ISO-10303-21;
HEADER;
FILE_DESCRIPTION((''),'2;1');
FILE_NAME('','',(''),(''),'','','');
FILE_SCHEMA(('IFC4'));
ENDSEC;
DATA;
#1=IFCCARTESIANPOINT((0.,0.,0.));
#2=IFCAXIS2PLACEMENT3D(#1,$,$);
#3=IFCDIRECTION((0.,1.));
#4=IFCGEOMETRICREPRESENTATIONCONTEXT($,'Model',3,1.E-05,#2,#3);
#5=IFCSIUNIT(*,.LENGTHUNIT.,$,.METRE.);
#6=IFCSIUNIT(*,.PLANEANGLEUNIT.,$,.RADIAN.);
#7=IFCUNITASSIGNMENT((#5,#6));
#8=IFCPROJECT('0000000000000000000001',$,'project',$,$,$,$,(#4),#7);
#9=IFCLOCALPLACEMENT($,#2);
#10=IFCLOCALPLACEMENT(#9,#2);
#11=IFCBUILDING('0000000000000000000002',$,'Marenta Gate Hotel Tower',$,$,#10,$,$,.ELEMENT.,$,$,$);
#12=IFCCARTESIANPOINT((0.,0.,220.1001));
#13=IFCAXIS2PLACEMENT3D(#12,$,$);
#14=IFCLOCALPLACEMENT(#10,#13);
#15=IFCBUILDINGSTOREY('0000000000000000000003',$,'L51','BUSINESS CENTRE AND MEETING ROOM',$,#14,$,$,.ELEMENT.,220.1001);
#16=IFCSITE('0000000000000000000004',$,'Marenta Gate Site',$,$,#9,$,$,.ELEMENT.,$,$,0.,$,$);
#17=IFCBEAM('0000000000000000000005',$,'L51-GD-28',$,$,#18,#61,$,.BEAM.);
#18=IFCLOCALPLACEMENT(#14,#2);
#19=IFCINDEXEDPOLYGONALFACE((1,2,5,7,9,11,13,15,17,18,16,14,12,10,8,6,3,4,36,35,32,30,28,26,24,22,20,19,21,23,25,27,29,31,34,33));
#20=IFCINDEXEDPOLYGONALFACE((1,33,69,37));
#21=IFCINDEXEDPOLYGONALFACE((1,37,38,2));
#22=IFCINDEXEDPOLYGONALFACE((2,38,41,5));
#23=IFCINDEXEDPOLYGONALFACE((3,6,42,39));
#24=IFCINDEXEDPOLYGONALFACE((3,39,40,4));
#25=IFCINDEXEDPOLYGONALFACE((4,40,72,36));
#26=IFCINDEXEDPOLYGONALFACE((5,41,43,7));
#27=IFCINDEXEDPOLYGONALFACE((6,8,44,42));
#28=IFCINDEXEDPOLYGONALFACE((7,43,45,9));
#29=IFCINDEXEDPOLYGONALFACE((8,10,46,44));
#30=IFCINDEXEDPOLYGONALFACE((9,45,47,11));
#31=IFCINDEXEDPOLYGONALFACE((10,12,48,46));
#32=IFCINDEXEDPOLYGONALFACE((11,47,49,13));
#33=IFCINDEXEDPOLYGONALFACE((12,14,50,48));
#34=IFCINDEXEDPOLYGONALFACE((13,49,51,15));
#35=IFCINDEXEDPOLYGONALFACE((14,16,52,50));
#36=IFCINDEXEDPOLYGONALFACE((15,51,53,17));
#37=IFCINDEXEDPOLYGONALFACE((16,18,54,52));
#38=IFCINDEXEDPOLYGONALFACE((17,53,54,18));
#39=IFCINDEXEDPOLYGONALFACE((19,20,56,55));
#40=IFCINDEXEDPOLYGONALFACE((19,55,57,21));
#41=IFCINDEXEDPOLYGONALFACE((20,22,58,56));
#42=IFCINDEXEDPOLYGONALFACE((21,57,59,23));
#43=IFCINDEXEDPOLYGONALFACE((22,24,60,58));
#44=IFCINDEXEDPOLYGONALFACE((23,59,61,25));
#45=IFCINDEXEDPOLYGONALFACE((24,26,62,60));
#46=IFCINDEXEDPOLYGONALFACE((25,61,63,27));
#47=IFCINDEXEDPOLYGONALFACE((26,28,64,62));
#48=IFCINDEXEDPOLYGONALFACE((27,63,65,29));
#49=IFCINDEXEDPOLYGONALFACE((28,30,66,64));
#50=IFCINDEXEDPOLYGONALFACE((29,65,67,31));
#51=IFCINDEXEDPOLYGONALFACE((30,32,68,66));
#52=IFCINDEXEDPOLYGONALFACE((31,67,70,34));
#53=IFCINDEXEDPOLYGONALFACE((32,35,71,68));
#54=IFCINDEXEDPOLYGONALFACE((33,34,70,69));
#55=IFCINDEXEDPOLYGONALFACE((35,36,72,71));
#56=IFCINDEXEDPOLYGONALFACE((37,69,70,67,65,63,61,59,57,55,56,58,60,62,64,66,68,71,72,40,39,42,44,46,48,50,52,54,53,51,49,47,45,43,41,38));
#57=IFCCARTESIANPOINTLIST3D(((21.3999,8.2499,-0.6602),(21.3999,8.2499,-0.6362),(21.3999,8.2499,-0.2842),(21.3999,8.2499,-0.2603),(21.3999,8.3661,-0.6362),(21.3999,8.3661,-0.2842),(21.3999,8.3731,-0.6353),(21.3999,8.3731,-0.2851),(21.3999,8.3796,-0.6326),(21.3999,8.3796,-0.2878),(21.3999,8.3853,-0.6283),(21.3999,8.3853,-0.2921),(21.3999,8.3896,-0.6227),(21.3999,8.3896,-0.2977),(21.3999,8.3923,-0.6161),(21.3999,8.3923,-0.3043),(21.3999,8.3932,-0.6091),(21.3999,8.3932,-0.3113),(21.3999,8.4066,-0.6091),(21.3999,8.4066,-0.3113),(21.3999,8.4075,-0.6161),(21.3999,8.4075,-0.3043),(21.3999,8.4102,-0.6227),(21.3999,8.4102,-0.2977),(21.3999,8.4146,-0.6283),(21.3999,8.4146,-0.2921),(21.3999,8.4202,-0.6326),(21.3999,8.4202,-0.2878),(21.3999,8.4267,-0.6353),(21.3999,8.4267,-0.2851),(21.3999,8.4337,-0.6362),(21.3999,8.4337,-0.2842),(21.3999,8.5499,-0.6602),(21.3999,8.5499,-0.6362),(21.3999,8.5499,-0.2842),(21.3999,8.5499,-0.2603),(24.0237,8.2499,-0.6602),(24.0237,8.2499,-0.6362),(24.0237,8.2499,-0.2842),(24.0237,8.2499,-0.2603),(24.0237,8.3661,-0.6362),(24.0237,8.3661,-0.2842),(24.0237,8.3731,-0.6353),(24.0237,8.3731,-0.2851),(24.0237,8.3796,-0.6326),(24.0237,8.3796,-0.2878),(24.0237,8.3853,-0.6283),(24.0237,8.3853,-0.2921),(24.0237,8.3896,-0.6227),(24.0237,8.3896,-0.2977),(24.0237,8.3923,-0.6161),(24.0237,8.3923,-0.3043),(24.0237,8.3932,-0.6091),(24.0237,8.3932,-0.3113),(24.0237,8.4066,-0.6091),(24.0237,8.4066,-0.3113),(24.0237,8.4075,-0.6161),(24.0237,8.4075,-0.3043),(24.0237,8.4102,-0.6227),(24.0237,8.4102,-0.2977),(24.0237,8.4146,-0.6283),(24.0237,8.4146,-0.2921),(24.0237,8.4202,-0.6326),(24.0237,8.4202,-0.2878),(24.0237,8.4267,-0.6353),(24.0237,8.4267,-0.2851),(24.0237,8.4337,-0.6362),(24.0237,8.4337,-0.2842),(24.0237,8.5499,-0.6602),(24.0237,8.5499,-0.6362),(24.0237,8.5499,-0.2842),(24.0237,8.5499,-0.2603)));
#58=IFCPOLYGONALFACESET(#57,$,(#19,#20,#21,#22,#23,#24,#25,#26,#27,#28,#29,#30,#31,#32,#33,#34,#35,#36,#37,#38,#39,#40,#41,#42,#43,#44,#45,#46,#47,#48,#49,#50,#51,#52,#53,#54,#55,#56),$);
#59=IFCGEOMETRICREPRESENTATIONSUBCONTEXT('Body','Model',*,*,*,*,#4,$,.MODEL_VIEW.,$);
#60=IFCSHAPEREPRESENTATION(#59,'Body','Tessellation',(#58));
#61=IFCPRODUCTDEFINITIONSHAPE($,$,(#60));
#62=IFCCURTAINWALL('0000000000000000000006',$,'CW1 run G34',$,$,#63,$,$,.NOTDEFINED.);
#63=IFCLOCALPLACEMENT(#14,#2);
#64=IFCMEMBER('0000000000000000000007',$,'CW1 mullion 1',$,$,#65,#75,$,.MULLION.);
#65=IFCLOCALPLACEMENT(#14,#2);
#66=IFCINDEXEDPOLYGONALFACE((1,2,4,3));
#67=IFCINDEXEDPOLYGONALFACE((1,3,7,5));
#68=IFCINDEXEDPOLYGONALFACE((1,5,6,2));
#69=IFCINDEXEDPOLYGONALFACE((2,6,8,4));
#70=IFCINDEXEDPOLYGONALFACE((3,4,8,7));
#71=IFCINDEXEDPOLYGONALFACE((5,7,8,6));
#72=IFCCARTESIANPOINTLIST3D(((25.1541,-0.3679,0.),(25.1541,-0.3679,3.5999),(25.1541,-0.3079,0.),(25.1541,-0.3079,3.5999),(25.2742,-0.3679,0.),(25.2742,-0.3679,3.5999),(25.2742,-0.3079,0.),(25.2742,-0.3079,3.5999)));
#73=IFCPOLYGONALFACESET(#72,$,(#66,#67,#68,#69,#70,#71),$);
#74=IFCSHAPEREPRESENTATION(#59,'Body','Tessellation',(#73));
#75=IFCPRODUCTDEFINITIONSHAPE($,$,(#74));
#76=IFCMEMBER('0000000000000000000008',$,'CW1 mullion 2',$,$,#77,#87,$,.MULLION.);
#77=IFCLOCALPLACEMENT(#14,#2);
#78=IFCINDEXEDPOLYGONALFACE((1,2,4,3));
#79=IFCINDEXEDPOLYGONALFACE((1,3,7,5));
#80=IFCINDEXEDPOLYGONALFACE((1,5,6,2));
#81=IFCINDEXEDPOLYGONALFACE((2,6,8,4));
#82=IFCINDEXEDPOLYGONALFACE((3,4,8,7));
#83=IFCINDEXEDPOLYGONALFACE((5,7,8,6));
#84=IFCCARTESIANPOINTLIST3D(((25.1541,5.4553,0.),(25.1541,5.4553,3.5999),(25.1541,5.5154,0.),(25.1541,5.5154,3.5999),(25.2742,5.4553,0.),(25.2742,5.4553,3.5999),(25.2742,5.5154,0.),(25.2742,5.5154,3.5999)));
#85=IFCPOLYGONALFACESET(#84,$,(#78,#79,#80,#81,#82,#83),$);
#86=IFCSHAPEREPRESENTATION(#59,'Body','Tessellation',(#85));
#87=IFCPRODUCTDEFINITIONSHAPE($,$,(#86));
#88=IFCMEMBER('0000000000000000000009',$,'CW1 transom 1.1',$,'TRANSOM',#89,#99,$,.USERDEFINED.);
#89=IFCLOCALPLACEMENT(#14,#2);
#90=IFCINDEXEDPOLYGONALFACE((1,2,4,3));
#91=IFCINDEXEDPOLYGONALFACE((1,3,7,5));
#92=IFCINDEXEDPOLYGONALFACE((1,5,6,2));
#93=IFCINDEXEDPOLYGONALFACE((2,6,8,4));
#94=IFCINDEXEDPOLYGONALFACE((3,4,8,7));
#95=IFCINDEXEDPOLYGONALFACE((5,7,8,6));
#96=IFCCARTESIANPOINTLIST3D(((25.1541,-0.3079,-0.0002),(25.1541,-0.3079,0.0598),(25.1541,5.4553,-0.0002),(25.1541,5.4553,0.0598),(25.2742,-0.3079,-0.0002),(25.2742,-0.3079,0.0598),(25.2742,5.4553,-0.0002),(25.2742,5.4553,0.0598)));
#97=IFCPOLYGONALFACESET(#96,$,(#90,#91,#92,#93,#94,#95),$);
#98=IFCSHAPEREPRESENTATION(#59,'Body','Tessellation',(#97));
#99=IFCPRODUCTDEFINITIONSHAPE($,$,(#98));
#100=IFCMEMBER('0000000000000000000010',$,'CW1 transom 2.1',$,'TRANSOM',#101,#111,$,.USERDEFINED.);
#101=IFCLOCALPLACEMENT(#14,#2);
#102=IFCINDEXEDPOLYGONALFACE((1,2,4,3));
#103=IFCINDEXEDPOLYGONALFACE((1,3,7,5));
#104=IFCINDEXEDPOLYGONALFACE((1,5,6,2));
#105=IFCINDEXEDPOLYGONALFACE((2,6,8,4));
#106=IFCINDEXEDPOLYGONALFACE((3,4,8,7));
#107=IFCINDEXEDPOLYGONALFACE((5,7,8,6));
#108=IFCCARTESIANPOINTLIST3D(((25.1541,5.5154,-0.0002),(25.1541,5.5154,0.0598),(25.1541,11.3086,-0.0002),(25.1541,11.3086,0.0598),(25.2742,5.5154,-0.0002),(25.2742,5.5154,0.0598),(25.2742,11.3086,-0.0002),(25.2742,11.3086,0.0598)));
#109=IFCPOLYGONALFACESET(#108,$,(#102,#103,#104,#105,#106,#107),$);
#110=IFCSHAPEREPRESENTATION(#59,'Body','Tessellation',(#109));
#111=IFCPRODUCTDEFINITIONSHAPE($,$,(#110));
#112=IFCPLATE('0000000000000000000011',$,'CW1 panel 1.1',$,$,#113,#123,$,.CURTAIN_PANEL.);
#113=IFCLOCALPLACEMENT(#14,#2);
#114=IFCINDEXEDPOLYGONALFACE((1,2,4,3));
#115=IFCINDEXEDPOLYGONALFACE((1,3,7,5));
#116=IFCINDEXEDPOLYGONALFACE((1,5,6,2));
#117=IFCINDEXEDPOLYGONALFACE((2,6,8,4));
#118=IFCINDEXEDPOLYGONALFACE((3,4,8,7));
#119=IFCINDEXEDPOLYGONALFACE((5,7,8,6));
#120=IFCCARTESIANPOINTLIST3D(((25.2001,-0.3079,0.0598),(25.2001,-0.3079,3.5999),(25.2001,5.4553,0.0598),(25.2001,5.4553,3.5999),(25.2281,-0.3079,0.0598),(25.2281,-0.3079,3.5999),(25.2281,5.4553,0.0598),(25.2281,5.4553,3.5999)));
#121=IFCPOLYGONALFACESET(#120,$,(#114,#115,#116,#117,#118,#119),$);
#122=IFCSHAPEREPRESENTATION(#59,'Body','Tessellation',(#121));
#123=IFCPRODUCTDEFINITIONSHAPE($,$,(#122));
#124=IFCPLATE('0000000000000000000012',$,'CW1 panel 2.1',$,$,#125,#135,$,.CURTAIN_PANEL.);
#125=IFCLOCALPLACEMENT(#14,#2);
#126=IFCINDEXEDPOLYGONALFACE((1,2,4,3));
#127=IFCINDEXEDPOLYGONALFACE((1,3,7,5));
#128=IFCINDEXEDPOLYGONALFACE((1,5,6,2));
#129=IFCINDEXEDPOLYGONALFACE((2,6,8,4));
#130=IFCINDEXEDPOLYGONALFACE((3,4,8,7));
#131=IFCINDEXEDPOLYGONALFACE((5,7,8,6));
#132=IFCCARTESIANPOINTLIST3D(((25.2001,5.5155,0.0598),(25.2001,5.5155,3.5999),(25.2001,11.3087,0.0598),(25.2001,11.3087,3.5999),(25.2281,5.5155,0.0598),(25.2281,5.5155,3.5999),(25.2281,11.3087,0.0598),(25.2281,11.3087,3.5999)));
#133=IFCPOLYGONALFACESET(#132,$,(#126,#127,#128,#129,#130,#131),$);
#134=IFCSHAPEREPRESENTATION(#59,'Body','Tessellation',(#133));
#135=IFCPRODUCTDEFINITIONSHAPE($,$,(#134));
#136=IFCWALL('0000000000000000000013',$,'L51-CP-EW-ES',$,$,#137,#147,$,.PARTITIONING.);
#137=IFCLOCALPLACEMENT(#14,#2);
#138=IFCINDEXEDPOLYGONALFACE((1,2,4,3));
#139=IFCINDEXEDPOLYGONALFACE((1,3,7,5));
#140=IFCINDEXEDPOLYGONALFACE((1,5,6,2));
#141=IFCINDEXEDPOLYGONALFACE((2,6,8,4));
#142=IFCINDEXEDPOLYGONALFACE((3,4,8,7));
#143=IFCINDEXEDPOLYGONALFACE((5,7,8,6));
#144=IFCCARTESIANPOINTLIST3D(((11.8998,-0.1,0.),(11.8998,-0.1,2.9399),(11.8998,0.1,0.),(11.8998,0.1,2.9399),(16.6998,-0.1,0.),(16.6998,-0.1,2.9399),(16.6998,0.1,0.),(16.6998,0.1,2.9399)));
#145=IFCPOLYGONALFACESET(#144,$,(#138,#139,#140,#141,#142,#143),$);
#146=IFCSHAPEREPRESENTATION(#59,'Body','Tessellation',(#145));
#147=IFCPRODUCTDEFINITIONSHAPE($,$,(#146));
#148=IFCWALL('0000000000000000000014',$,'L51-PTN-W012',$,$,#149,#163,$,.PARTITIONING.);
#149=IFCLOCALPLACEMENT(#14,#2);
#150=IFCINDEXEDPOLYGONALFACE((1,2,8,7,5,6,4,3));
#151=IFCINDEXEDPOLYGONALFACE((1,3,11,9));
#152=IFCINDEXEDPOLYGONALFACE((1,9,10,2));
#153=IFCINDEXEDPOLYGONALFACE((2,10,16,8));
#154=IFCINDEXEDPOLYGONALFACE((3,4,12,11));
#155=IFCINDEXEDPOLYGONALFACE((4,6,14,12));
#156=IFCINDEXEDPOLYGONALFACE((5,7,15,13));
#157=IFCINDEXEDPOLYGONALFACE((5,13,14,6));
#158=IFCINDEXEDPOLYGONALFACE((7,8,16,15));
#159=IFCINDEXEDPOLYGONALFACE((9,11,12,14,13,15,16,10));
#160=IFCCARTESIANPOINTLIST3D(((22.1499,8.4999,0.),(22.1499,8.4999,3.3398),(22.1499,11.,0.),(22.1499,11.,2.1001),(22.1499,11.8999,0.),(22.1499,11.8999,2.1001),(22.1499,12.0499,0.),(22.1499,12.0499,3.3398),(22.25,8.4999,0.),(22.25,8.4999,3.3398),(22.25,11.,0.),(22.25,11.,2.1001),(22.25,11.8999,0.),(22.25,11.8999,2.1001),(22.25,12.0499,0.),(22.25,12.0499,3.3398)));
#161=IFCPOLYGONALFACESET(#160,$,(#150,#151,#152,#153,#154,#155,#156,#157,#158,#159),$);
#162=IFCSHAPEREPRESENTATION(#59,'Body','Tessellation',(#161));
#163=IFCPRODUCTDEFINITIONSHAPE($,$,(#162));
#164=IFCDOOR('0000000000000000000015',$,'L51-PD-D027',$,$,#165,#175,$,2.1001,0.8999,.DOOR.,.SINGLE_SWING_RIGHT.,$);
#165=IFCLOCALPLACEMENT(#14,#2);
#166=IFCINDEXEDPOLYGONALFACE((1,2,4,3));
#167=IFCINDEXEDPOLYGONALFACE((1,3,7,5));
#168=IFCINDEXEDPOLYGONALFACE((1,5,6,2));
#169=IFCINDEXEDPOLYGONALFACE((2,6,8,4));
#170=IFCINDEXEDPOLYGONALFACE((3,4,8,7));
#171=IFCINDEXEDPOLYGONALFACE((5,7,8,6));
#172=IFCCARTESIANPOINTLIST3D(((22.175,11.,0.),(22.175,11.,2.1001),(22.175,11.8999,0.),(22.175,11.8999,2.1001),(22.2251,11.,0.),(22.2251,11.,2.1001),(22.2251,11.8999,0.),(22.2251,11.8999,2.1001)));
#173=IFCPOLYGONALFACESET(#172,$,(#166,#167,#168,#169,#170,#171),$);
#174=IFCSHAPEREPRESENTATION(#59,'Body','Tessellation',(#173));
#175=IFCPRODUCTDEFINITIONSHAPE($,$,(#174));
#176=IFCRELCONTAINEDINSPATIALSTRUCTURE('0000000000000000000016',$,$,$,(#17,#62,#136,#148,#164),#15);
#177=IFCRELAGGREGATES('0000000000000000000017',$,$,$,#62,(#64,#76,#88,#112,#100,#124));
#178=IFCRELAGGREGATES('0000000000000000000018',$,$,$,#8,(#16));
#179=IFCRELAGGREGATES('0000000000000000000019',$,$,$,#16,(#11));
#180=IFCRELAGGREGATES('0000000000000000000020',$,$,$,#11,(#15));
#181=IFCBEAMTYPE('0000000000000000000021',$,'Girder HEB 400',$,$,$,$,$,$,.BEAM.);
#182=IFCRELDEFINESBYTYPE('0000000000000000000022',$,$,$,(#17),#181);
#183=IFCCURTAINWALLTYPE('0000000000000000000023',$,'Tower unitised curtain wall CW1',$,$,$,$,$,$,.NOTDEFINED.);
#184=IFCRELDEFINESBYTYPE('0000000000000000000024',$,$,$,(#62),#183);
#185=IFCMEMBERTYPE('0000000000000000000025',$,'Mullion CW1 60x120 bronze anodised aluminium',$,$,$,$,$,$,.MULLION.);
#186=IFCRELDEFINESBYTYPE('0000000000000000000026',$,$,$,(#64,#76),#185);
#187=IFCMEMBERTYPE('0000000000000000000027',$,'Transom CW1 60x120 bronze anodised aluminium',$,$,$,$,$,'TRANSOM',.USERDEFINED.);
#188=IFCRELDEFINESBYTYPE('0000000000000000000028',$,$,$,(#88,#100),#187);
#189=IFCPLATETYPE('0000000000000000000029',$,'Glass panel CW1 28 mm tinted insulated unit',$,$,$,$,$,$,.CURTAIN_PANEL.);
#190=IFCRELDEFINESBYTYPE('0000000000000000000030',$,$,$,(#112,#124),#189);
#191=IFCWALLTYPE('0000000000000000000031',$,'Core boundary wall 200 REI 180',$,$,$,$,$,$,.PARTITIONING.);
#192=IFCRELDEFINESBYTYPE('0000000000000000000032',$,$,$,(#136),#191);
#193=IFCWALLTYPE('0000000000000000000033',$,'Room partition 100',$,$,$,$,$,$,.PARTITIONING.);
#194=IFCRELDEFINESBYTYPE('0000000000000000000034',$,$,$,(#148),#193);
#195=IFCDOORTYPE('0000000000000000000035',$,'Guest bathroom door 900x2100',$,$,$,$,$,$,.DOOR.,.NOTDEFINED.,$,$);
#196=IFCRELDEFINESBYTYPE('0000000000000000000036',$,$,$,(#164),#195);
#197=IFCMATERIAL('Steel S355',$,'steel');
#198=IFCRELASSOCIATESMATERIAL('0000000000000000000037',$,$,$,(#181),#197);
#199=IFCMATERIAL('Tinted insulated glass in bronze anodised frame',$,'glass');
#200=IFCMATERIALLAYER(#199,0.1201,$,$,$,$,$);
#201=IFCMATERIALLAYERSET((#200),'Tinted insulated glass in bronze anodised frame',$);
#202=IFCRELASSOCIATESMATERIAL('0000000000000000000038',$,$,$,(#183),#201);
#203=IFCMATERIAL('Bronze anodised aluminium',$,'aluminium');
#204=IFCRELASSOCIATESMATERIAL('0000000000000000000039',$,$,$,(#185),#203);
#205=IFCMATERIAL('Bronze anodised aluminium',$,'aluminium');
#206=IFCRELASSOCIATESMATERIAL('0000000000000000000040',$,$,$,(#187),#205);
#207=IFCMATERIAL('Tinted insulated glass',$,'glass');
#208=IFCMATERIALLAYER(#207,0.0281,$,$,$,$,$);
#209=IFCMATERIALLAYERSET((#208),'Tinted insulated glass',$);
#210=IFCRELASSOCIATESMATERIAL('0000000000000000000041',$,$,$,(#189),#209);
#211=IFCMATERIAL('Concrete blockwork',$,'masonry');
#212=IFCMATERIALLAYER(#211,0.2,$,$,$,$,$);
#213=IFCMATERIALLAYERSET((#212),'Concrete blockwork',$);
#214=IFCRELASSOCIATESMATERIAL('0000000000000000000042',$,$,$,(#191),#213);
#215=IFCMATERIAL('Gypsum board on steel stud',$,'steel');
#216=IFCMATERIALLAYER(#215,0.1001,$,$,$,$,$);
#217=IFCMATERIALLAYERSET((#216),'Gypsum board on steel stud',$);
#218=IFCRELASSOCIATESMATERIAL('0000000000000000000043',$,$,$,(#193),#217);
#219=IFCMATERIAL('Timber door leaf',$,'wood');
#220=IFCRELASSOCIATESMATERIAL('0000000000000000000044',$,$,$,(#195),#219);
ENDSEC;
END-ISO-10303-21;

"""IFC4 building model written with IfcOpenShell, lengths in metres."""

from ifc_helpers import new_model, si_unit, direction, frame, frame_2d, origin, origin_2d, place, context, subcontext, project, spatial, rectangle, i_section, extrude, material, layer, layer_set, material_profile, profile_set, type_object, element, fill, aggregate, save


model = new_model("IFC4")

# Units and contexts
model_context = context("Model", 3, precision=1e-05, world=origin(), true_north=direction((0.0, 1.0)))
body_context = subcontext(model_context, "Body", "Model", "MODEL_VIEW")
ifc_project = project(units=[si_unit("LENGTHUNIT", "METRE"), si_unit("PLANEANGLEUNIT", "RADIAN")], contexts=[model_context])

# Site, building, storey
site_placement = place(None, origin())
site = spatial("IfcSite", under=ifc_project, at=site_placement, Name="Marenta Gate Site", CompositionType="ELEMENT", RefElevation=0.0)
building_placement = place(site_placement, origin())
building = spatial("IfcBuilding", under=site, at=building_placement, Name="Marenta Gate Hotel Tower", CompositionType="ELEMENT")
storey_placement = place(building_placement, frame((0.0, 0.0, 220.1001)))
storey = spatial("IfcBuildingStorey", under=building, at=storey_placement, Name="L51", Description="BUSINESS CENTRE AND MEETING ROOM", CompositionType="ELEMENT", Elevation=220.1001)

# Beam
ifc_material_1 = material(Name="Steel S355", Category="steel")
ifc_material_profile_1 = material_profile(ifc_material_1, i_section(OverallWidth=0.3, OverallDepth=0.3999, WebThickness=0.0134, FlangeThickness=0.0239, FilletRadius=0.0271, at=origin_2d()), Name="HEB 400")
ifc_profile_set_1 = profile_set([ifc_material_profile_1], Name="Steel S355")
beam_type_1 = type_object("IfcBeamType", Name="Girder HEB 400", PredefinedType="BEAM", material=ifc_profile_set_1)
beam_1_placement = place(storey_placement, frame((21.3999, 8.3999, -0.4602), z_axis=(1.0, 0.0, 0.0), x_axis=(0.0, 1.0, 0.0)))
element("IfcBeam", 1, at=beam_1_placement, inside=storey, type_object=beam_type_1, Name="L51-GD-28", PredefinedType="BEAM", context=body_context, shape_type="SweptSolid", body=[
    extrude(i_section(OverallWidth=0.3, OverallDepth=0.3999, WebThickness=0.0134, FlangeThickness=0.0239, FilletRadius=0.0271, at=origin_2d()), origin(), (0.0, 0.0, 1.0), 2.6238),
])

# Curtain wall, members, plates
ifc_material_2 = material(Name="Tinted insulated glass in bronze anodised frame", Category="glass")
ifc_layer_1 = layer(ifc_material_2, 0.1201)
ifc_layer_set_1 = layer_set([ifc_layer_1], Name="Tinted insulated glass in bronze anodised frame")
curtain_wall_type = type_object("IfcCurtainWallType", Name="Tower unitised curtain wall CW1", PredefinedType="NOTDEFINED", material=ifc_layer_set_1)
curtain_wall_placement = place(storey_placement, origin())
curtain_wall = element("IfcCurtainWall", 2, at=curtain_wall_placement, inside=storey, type_object=curtain_wall_type, Name="CW1 run G34", PredefinedType="NOTDEFINED")
ifc_material_3 = material(Name="Bronze anodised aluminium", Category="aluminium")
ifc_material_profile_2 = material_profile(ifc_material_3, rectangle(XDim=0.1201, YDim=0.0601, at=origin_2d()), Name="Mullion CW1 60x120 bronze anodised aluminium")
ifc_profile_set_2 = profile_set([ifc_material_profile_2], Name="Bronze anodised aluminium")
member_type_1 = type_object("IfcMemberType", Name="Mullion CW1 60x120 bronze anodised aluminium", PredefinedType="MULLION", material=ifc_profile_set_2)
member_1_placement = place(storey_placement, frame((25.2141, -0.3379, 0.0), z_axis=(0.0, 0.0, 1.0), x_axis=(-1.0, 0.0, 0.0)))
member_1 = element("IfcMember", 3, at=member_1_placement, type_object=member_type_1, Name="CW1 mullion 1", PredefinedType="MULLION", context=body_context, shape_type="SweptSolid", body=[
    extrude(rectangle(XDim=0.1201, YDim=0.0601, at=origin_2d()), origin(), (0.0, 0.0, 1.0), 3.5999),
])
member_2_placement = place(storey_placement, frame((25.2141, 5.4854, 0.0), z_axis=(0.0, 0.0, 1.0), x_axis=(-1.0, 0.0, 0.0)))
member_2 = element("IfcMember", 4, at=member_2_placement, type_object=member_type_1, Name="CW1 mullion 2", PredefinedType="MULLION", context=body_context, shape_type="SweptSolid", body=[
    extrude(rectangle(XDim=0.1201, YDim=0.0601, at=origin_2d()), origin(), (0.0, 0.0, 1.0), 3.5999),
])
ifc_material_4 = material(Name="Bronze anodised aluminium", Category="aluminium")
ifc_material_profile_3 = material_profile(ifc_material_4, rectangle(XDim=0.1201, YDim=0.0601, at=origin_2d()), Name="Transom CW1 60x120 bronze anodised aluminium")
ifc_profile_set_3 = profile_set([ifc_material_profile_3], Name="Bronze anodised aluminium")
member_type_2 = type_object("IfcMemberType", Name="Transom CW1 60x120 bronze anodised aluminium", ElementType="TRANSOM", PredefinedType="USERDEFINED", material=ifc_profile_set_3)
member_3_placement = place(storey_placement, frame((25.2141, -0.3079, 0.0298), z_axis=(0.0, 1.0, 0.0), x_axis=(-1.0, 0.0, 0.0)))
member_3 = element("IfcMember", 5, at=member_3_placement, type_object=member_type_2, Name="CW1 transom 1.1", ObjectType="TRANSOM", PredefinedType="USERDEFINED", context=body_context, shape_type="SweptSolid", body=[
    extrude(rectangle(XDim=0.1201, YDim=0.0601, at=origin_2d()), origin(), (0.0, 0.0, 1.0), 5.7632),
])
member_4_placement = place(storey_placement, frame((25.2141, 5.5154, 0.0298), z_axis=(0.0, 1.0, 0.0), x_axis=(-1.0, 0.0, 0.0)))
member_4 = element("IfcMember", 6, at=member_4_placement, type_object=member_type_2, Name="CW1 transom 2.1", ObjectType="TRANSOM", PredefinedType="USERDEFINED", context=body_context, shape_type="SweptSolid", body=[
    extrude(rectangle(XDim=0.1201, YDim=0.0601, at=origin_2d()), origin(), (0.0, 0.0, 1.0), 5.7932),
])
ifc_material_5 = material(Name="Tinted insulated glass", Category="glass")
ifc_layer_2 = layer(ifc_material_5, 0.0281)
ifc_layer_set_2 = layer_set([ifc_layer_2], Name="Tinted insulated glass")
plate_type = type_object("IfcPlateType", Name="Glass panel CW1 28 mm tinted insulated unit", PredefinedType="CURTAIN_PANEL", material=ifc_layer_set_2)
plate_1_placement = place(storey_placement, frame((25.2141, 2.5737, 0.0598), z_axis=(0.0, 0.0, 1.0), x_axis=(0.0, 1.0, 0.0)))
plate_1 = element("IfcPlate", 7, at=plate_1_placement, type_object=plate_type, Name="CW1 panel 1.1", PredefinedType="CURTAIN_PANEL", context=body_context, shape_type="SweptSolid", body=[
    extrude(rectangle(XDim=5.7632, YDim=0.0281, at=origin_2d()), origin(), (0.0, 0.0, 1.0), 3.54),
])
plate_2_placement = place(storey_placement, frame((25.2141, 8.4121, 0.0598), z_axis=(0.0, 0.0, 1.0), x_axis=(0.0, 1.0, 0.0)))
plate_2 = element("IfcPlate", 8, at=plate_2_placement, type_object=plate_type, Name="CW1 panel 2.1", PredefinedType="CURTAIN_PANEL", context=body_context, shape_type="SweptSolid", body=[
    extrude(rectangle(XDim=5.7932, YDim=0.0281, at=origin_2d()), origin(), (0.0, 0.0, 1.0), 3.54),
])
aggregate(curtain_wall, [member_1, member_2, member_3, plate_1, member_4, plate_2])

# Shared definitions
ifc_material_6 = material(Name="Concrete blockwork", Category="masonry")
ifc_layer_3 = layer(ifc_material_6, 0.2)
ifc_layer_set_3 = layer_set([ifc_layer_3], Name="Concrete blockwork")
wall_type_1 = type_object("IfcWallType", Name="Core boundary wall 200 REI 180", PredefinedType="PARTITIONING", material=ifc_layer_set_3)

# Wall
wall_1_placement = place(storey_placement, frame((11.8999, 0.0, 0.0), z_axis=(0.0, 0.0, 1.0), x_axis=(1.0, 0.0, 0.0)))
element("IfcWall", 9, at=wall_1_placement, inside=storey, type_object=wall_type_1, Name="L51-CP-EW-ES", PredefinedType="PARTITIONING", context=body_context, shape_type="SweptSolid", body=[
    extrude(rectangle(XDim=4.8, YDim=0.2, at=frame_2d((2.3999, 0.0))), origin(), (0.0, 0.0, 1.0), 2.9399),
])

# Wall, opening, door
ifc_material_7 = material(Name="Gypsum board on steel stud", Category="steel")
ifc_layer_4 = layer(ifc_material_7, 0.1001)
ifc_layer_set_4 = layer_set([ifc_layer_4], Name="Gypsum board on steel stud")
wall_type_2 = type_object("IfcWallType", Name="Room partition 100", PredefinedType="PARTITIONING", material=ifc_layer_set_4)
wall_2_placement = place(storey_placement, frame((22.2, 8.5, 0.0), z_axis=(0.0, 0.0, 1.0), x_axis=(0.0, 1.0, 0.0)))
wall_2 = element("IfcWall", 10, at=wall_2_placement, inside=storey, type_object=wall_type_2, Name="L51-PTN-W012", PredefinedType="PARTITIONING", context=body_context, shape_type="SweptSolid", body=[
    extrude(rectangle(XDim=3.55, YDim=0.1001, at=frame_2d((1.7749, 0.0))), origin(), (0.0, 0.0, 1.0), 3.3398),
])
opening_1_placement = place(wall_2_placement, frame((2.5, 0.0, 0.0)))
opening_1 = element("IfcOpeningElement", 11, at=opening_1_placement, cuts=wall_2, PredefinedType="OPENING", context=body_context, shape_type="SweptSolid", body=[
    extrude(rectangle(XDim=0.8999, YDim=2.1001, at=frame_2d((0.45, 1.05))), frame((0.0, 0.05, 0.0), z_axis=(0.0, -1.0, 0.0), x_axis=(1.0, 0.0, 0.0)), (0.0, 0.0, 1.0), 0.1001),
])
ifc_material_8 = material(Name="Timber door leaf", Category="wood")
door_type_1 = type_object("IfcDoorType", Name="Guest bathroom door 900x2100", OperationType="NOTDEFINED", PredefinedType="DOOR", material=ifc_material_8)
door_1_placement = place(opening_1_placement, origin())
door_1 = element("IfcDoor", 12, at=door_1_placement, inside=storey, type_object=door_type_1, Name="L51-PD-D027", OperationType="SINGLE_SWING_RIGHT", OverallHeight=2.1001, OverallWidth=0.8999, PredefinedType="DOOR", context=body_context, shape_type="SweptSolid", body=[
    extrude(rectangle(XDim=0.8999, YDim=2.1001, at=frame_2d((0.45, 1.05))), frame((0.0, 0.0249, 0.0), z_axis=(0.0, -1.0, 0.0), x_axis=(1.0, 0.0, 0.0)), (0.0, 0.0, 1.0), 0.05),
])
fill(opening_1, door_1)

save(model, "model.ifc")
